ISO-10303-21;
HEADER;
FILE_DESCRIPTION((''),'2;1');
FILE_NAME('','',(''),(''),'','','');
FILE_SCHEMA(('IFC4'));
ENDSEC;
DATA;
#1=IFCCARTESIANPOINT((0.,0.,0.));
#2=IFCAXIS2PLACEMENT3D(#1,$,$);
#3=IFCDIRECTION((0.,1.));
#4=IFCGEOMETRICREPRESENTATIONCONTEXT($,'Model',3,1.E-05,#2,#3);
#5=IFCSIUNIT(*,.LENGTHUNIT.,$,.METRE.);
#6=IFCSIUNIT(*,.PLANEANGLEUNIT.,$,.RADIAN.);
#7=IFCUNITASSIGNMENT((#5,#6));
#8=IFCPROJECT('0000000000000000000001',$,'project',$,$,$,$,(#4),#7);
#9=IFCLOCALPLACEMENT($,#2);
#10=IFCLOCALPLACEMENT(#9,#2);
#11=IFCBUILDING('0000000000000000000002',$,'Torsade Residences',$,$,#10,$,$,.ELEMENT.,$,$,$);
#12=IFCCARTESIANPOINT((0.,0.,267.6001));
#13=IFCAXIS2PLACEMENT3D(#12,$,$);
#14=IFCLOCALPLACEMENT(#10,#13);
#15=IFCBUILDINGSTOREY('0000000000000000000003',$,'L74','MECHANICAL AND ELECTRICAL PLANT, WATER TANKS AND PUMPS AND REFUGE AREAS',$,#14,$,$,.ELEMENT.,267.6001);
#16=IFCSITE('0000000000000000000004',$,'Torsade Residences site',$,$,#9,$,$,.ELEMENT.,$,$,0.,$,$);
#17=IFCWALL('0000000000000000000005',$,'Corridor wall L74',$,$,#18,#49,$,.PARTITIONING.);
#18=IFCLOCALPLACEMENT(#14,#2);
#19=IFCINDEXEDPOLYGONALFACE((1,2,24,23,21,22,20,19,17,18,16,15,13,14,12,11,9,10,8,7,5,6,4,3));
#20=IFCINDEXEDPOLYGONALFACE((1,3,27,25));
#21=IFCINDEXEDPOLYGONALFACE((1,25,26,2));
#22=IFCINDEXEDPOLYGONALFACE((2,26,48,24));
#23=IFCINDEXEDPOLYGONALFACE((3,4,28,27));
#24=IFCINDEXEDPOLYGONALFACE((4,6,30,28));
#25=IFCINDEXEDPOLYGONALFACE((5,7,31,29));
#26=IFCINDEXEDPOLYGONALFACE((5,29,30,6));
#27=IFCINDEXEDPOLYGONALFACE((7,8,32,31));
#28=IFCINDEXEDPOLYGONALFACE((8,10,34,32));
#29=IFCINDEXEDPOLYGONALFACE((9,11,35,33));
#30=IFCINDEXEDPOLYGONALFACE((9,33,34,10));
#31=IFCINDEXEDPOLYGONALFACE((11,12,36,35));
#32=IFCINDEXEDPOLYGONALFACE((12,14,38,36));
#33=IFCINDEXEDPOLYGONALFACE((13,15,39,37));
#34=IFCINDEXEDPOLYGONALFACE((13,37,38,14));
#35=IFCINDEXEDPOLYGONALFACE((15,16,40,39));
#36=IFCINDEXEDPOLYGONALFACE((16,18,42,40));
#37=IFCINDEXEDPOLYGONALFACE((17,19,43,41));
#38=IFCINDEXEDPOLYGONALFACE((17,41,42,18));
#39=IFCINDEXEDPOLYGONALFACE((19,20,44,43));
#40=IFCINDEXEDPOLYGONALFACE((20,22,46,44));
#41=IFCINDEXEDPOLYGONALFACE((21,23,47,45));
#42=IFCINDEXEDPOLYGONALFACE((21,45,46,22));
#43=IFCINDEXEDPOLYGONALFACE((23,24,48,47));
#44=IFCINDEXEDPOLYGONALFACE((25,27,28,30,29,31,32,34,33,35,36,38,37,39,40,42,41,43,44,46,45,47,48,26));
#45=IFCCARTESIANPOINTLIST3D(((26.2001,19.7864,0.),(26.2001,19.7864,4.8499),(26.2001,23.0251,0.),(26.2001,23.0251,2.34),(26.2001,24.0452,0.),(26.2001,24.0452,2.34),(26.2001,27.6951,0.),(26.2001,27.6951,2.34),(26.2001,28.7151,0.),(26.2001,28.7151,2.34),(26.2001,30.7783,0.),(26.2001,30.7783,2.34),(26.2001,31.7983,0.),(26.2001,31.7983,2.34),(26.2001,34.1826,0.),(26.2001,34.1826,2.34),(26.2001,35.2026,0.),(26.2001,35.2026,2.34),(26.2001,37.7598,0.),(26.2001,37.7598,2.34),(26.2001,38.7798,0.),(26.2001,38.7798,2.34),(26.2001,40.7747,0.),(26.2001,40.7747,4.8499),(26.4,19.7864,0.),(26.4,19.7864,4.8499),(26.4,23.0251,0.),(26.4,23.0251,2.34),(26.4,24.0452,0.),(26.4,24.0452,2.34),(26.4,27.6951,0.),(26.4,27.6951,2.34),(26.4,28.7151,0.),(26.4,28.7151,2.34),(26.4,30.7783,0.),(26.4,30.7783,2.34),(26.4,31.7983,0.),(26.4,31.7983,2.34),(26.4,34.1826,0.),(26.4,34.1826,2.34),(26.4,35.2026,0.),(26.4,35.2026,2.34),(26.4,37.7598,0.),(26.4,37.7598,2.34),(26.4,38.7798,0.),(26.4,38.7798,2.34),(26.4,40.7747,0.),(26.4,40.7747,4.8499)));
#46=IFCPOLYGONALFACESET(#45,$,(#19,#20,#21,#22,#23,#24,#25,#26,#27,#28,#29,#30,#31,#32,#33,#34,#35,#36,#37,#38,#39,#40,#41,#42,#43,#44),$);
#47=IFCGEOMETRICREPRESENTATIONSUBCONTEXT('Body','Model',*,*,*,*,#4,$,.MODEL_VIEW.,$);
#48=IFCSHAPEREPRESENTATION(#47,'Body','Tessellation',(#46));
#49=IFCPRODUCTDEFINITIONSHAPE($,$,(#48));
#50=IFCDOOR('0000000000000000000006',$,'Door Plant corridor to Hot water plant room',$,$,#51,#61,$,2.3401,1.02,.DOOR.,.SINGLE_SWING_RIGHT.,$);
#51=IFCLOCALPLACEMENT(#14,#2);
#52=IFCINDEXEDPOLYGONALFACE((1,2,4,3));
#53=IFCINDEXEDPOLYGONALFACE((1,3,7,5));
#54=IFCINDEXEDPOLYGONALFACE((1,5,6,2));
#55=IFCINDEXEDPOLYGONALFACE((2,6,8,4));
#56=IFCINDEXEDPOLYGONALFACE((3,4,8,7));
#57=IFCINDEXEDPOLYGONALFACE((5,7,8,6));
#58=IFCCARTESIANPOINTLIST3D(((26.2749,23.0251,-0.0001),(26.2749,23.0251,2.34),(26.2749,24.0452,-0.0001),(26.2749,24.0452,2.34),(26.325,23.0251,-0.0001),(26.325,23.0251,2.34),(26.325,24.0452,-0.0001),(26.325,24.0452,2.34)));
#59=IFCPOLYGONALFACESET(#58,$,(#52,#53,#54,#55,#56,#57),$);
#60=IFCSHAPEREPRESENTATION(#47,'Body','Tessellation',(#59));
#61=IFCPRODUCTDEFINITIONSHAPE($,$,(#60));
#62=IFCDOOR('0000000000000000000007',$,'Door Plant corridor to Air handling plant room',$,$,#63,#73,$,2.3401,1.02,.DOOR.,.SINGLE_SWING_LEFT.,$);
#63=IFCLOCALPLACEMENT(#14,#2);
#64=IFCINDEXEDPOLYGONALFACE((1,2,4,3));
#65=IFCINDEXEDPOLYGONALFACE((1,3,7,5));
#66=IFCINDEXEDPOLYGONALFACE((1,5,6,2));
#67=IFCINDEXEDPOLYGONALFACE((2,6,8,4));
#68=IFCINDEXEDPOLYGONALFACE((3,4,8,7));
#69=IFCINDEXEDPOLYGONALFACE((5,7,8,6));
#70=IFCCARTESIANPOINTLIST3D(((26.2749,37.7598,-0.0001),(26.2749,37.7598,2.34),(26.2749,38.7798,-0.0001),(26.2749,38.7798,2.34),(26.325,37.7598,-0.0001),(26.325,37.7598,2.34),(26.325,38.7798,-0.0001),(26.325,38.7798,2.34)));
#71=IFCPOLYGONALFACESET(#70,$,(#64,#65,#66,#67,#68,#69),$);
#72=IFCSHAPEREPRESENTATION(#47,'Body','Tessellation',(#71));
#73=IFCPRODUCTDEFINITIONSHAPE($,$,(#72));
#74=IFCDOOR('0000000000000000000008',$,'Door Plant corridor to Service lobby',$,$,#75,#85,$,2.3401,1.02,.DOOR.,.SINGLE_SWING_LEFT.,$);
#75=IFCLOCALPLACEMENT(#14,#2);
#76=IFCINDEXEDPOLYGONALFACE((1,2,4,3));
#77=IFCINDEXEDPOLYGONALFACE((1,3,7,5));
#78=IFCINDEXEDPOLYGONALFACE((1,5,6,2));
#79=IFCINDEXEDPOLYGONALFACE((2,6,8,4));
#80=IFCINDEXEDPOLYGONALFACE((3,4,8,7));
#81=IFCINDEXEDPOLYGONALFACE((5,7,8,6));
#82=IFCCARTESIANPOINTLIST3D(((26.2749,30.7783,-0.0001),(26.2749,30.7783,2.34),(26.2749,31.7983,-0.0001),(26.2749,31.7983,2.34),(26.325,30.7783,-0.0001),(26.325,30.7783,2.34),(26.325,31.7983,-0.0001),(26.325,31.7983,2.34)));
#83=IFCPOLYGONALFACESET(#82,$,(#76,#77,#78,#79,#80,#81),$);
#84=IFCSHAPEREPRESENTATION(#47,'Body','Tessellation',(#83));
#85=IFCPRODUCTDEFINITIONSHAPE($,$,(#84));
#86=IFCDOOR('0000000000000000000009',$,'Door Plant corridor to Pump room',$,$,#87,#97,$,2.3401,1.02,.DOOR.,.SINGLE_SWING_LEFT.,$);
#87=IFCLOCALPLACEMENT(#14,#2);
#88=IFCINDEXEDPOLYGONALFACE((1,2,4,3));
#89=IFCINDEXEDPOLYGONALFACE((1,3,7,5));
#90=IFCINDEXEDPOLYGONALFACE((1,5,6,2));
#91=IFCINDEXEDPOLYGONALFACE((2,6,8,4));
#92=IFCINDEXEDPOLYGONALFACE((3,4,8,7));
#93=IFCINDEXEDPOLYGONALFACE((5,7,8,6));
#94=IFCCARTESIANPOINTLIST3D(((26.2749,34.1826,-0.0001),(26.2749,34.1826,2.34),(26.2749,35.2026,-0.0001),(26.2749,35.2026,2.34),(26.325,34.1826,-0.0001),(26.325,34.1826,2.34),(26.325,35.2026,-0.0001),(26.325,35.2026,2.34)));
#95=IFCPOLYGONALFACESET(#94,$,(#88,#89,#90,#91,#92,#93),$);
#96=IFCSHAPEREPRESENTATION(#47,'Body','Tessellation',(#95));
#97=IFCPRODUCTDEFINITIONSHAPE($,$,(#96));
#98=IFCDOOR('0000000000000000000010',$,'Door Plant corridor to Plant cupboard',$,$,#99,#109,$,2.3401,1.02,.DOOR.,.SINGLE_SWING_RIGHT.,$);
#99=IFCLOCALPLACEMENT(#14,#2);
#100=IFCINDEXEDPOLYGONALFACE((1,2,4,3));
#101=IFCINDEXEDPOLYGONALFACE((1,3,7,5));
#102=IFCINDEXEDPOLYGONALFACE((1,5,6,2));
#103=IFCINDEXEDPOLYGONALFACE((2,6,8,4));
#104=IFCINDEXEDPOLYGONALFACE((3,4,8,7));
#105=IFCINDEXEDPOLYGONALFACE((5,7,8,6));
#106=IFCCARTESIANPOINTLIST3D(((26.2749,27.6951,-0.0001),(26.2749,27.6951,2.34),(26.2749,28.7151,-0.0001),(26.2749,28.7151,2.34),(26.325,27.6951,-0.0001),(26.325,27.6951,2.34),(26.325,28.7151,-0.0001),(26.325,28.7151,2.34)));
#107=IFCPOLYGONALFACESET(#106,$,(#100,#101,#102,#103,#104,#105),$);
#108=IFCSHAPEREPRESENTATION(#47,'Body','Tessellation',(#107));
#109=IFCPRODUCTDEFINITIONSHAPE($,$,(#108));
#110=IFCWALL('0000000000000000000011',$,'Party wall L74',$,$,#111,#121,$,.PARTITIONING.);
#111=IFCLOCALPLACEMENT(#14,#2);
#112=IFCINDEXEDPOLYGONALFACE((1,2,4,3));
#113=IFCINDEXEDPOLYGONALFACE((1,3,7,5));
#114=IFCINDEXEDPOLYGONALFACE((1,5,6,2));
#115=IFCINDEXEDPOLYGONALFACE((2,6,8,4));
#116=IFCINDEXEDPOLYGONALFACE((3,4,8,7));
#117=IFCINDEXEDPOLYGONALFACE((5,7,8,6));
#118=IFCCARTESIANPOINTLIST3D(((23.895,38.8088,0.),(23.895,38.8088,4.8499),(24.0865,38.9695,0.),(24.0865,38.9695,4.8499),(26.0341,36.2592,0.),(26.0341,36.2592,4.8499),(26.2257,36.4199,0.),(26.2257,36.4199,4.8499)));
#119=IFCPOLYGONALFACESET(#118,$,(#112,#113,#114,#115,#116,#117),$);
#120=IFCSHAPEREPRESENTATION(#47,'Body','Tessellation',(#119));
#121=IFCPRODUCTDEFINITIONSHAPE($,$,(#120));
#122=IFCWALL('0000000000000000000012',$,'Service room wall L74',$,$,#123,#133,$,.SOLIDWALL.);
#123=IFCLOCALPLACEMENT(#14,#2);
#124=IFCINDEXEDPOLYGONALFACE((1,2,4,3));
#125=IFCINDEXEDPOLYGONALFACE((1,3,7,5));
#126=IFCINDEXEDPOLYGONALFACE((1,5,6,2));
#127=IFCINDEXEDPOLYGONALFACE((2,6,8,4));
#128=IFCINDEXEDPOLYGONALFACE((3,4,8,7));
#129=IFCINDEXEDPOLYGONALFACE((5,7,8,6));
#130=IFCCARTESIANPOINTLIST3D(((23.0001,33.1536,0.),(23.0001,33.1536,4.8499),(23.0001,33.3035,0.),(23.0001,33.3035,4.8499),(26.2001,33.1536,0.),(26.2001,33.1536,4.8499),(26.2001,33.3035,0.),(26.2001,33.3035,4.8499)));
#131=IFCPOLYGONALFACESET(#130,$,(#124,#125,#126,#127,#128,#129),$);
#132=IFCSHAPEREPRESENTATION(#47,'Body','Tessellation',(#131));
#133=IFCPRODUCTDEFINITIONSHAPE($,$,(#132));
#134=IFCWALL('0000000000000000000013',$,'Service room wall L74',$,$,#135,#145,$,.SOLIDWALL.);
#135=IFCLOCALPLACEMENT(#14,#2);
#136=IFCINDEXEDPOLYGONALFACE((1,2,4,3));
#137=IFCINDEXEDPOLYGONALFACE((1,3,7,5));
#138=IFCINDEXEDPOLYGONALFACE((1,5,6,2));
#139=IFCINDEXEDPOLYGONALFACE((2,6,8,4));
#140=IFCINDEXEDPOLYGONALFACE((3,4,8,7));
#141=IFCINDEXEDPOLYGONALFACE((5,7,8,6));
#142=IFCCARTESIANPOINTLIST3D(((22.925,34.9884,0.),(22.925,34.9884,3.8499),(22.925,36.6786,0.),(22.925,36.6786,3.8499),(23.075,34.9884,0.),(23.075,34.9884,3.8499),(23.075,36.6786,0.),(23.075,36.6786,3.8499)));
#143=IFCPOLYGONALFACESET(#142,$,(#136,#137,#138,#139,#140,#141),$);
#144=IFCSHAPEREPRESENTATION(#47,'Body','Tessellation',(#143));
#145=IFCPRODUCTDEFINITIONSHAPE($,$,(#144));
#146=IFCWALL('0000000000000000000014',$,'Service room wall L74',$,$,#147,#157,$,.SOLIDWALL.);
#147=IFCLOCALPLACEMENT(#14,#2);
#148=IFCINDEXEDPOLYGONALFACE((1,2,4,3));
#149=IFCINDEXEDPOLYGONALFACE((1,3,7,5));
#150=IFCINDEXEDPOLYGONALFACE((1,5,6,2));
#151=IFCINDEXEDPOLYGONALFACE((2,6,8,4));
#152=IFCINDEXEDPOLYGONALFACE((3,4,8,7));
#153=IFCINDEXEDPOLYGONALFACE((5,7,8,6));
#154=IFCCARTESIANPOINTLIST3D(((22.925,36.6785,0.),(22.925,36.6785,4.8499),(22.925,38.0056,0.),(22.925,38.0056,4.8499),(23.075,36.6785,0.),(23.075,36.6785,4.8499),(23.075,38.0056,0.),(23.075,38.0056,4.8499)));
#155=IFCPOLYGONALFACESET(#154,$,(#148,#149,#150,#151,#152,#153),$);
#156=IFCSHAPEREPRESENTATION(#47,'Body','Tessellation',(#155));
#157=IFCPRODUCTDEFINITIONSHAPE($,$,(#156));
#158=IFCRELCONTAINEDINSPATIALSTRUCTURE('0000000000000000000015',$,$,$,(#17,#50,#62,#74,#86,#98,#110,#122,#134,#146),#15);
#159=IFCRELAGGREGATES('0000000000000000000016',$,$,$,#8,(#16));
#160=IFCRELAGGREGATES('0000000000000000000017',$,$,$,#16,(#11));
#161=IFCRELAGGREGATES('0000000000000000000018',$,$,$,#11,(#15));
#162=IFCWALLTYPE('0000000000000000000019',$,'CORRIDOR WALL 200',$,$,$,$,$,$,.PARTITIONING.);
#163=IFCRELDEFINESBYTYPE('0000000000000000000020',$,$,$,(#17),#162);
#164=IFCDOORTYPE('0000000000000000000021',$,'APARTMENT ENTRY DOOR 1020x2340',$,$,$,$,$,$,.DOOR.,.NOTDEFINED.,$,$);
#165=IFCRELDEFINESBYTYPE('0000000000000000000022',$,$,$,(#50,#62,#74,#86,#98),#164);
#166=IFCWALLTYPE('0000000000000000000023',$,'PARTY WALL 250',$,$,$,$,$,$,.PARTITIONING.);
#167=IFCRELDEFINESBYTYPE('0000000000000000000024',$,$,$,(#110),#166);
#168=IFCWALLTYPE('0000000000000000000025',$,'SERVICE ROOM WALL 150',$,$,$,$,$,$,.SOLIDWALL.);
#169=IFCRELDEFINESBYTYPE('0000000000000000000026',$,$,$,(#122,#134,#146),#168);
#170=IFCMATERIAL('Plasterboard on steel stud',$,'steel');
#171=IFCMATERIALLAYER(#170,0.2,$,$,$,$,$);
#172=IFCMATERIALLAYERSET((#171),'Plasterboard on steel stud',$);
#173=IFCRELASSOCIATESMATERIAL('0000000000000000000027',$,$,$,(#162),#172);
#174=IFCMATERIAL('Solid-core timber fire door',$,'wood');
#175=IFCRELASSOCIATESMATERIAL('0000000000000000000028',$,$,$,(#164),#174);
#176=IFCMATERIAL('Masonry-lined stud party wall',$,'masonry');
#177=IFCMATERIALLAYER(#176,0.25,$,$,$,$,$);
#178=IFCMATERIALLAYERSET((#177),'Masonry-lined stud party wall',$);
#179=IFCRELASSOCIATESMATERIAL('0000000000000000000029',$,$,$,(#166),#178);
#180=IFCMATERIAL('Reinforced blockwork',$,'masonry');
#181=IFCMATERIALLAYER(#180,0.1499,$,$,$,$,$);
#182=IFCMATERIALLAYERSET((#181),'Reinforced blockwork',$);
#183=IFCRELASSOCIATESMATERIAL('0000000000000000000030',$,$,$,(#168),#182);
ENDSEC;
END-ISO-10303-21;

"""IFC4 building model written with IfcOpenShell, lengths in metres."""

from ifc_helpers import new_model, si_unit, direction, frame, frame_2d, origin, place, context, subcontext, project, spatial, rectangle, extrude, material, layer, layer_set, type_object, element, fill, save


model = new_model("IFC4")

# Units and contexts
model_context = context("Model", 3, precision=1e-05, world=origin(), true_north=direction((0.0, 1.0)))
body_context = subcontext(model_context, "Body", "Model", "MODEL_VIEW")
ifc_project = project(units=[si_unit("LENGTHUNIT", "METRE"), si_unit("PLANEANGLEUNIT", "RADIAN")], contexts=[model_context])

# Site, building, storey
site_placement = place(None, origin())
site = spatial("IfcSite", under=ifc_project, at=site_placement, Name="Torsade Residences site", CompositionType="ELEMENT", RefElevation=0.0)
building_placement = place(site_placement, origin())
building = spatial("IfcBuilding", under=site, at=building_placement, Name="Torsade Residences", CompositionType="ELEMENT")
storey_placement = place(building_placement, frame((0.0, 0.0, 267.6001)))
storey = spatial("IfcBuildingStorey", under=building, at=storey_placement, Name="L74", Description="MECHANICAL AND ELECTRICAL PLANT, WATER TANKS AND PUMPS AND REFUGE AREAS", CompositionType="ELEMENT", Elevation=267.6001)

# Wall, openings, doors
ifc_material_1 = material(Name="Plasterboard on steel stud", Category="steel")
ifc_layer_1 = layer(ifc_material_1, 0.2)
ifc_layer_set_1 = layer_set([ifc_layer_1], Name="Plasterboard on steel stud")
wall_type_1 = type_object("IfcWallType", Name="CORRIDOR WALL 200", PredefinedType="PARTITIONING", material=ifc_layer_set_1)
wall_1_placement = place(storey_placement, frame((26.3, 40.7747, 0.0), z_axis=(0.0, 0.0, 1.0), x_axis=(0.0, -1.0, 0.0)))
wall_1 = element("IfcWall", 1, at=wall_1_placement, inside=storey, type_object=wall_type_1, Name="Corridor wall L74", PredefinedType="PARTITIONING", context=body_context, shape_type="SweptSolid", body=[
    extrude(rectangle(XDim=20.9883, YDim=0.2, at=frame_2d((10.4941, 0.0))), origin(), (0.0, 0.0, 1.0), 4.8499),
])
opening_1_placement = place(wall_1_placement, frame((16.7295, 0.0, 0.0)))
opening_1 = element("IfcOpeningElement", 2, at=opening_1_placement, cuts=wall_1, PredefinedType="OPENING", context=body_context, shape_type="SweptSolid", body=[
    extrude(rectangle(XDim=1.02, YDim=2.3401, at=frame_2d((0.51, 1.1699))), frame((0.0, 0.1099, 0.0), z_axis=(0.0, -1.0, 0.0), x_axis=(1.0, 0.0, 0.0)), (0.0, 0.0, 1.0), 0.22),
])
opening_2_placement = place(wall_1_placement, frame((1.9949, 0.0, 0.0)))
opening_2 = element("IfcOpeningElement", 3, at=opening_2_placement, cuts=wall_1, PredefinedType="OPENING", context=body_context, shape_type="SweptSolid", body=[
    extrude(rectangle(XDim=1.02, YDim=2.3401, at=frame_2d((0.51, 1.1699))), frame((0.0, 0.1099, 0.0), z_axis=(0.0, -1.0, 0.0), x_axis=(1.0, 0.0, 0.0)), (0.0, 0.0, 1.0), 0.22),
])
opening_3_placement = place(wall_1_placement, frame((8.9763, 0.0, 0.0)))
opening_3 = element("IfcOpeningElement", 4, at=opening_3_placement, cuts=wall_1, PredefinedType="OPENING", context=body_context, shape_type="SweptSolid", body=[
    extrude(rectangle(XDim=1.02, YDim=2.3401, at=frame_2d((0.51, 1.1699))), frame((0.0, 0.1099, 0.0), z_axis=(0.0, -1.0, 0.0), x_axis=(1.0, 0.0, 0.0)), (0.0, 0.0, 1.0), 0.22),
])
opening_4_placement = place(wall_1_placement, frame((5.572, 0.0, 0.0)))
opening_4 = element("IfcOpeningElement", 5, at=opening_4_placement, cuts=wall_1, PredefinedType="OPENING", context=body_context, shape_type="SweptSolid", body=[
    extrude(rectangle(XDim=1.02, YDim=2.3401, at=frame_2d((0.51, 1.1699))), frame((0.0, 0.1099, 0.0), z_axis=(0.0, -1.0, 0.0), x_axis=(1.0, 0.0, 0.0)), (0.0, 0.0, 1.0), 0.22),
])
opening_5_placement = place(wall_1_placement, frame((12.0596, 0.0, 0.0)))
opening_5 = element("IfcOpeningElement", 6, at=opening_5_placement, cuts=wall_1, PredefinedType="OPENING", context=body_context, shape_type="SweptSolid", body=[
    extrude(rectangle(XDim=1.02, YDim=2.3401, at=frame_2d((0.51, 1.1699))), frame((0.0, 0.1099, 0.0), z_axis=(0.0, -1.0, 0.0), x_axis=(1.0, 0.0, 0.0)), (0.0, 0.0, 1.0), 0.22),
])
ifc_material_2 = material(Name="Solid-core timber fire door", Category="wood")
door_type = type_object("IfcDoorType", Name="APARTMENT ENTRY DOOR 1020x2340", OperationType="NOTDEFINED", PredefinedType="DOOR", material=ifc_material_2)
door_1_placement = place(opening_1_placement, origin())
door_1 = element("IfcDoor", 7, at=door_1_placement, inside=storey, type_object=door_type, Name="Door Plant corridor to Hot water plant room", OperationType="SINGLE_SWING_RIGHT", OverallHeight=2.3401, OverallWidth=1.02, PredefinedType="DOOR", context=body_context, shape_type="SweptSolid", body=[
    extrude(rectangle(XDim=1.02, YDim=2.3401, at=frame_2d((0.51, 1.1699))), frame((0.0, 0.0249, 0.0), z_axis=(0.0, -1.0, 0.0), x_axis=(1.0, 0.0, 0.0)), (0.0, 0.0, 1.0), 0.05),
])
fill(opening_1, door_1)
door_2_placement = place(opening_2_placement, origin())
door_2 = element("IfcDoor", 8, at=door_2_placement, inside=storey, type_object=door_type, Name="Door Plant corridor to Air handling plant room", OperationType="SINGLE_SWING_LEFT", OverallHeight=2.3401, OverallWidth=1.02, PredefinedType="DOOR", context=body_context, shape_type="SweptSolid", body=[
    extrude(rectangle(XDim=1.02, YDim=2.3401, at=frame_2d((0.51, 1.1699))), frame((0.0, 0.0249, 0.0), z_axis=(0.0, -1.0, 0.0), x_axis=(1.0, 0.0, 0.0)), (0.0, 0.0, 1.0), 0.05),
])
fill(opening_2, door_2)
door_3_placement = place(opening_3_placement, origin())
door_3 = element("IfcDoor", 9, at=door_3_placement, inside=storey, type_object=door_type, Name="Door Plant corridor to Service lobby", OperationType="SINGLE_SWING_LEFT", OverallHeight=2.3401, OverallWidth=1.02, PredefinedType="DOOR", context=body_context, shape_type="SweptSolid", body=[
    extrude(rectangle(XDim=1.02, YDim=2.3401, at=frame_2d((0.51, 1.1699))), frame((0.0, 0.0249, 0.0), z_axis=(0.0, -1.0, 0.0), x_axis=(1.0, 0.0, 0.0)), (0.0, 0.0, 1.0), 0.05),
])
fill(opening_3, door_3)
door_4_placement = place(opening_4_placement, origin())
door_4 = element("IfcDoor", 10, at=door_4_placement, inside=storey, type_object=door_type, Name="Door Plant corridor to Pump room", OperationType="SINGLE_SWING_LEFT", OverallHeight=2.3401, OverallWidth=1.02, PredefinedType="DOOR", context=body_context, shape_type="SweptSolid", body=[
    extrude(rectangle(XDim=1.02, YDim=2.3401, at=frame_2d((0.51, 1.1699))), frame((0.0, 0.0249, 0.0), z_axis=(0.0, -1.0, 0.0), x_axis=(1.0, 0.0, 0.0)), (0.0, 0.0, 1.0), 0.05),
])
fill(opening_4, door_4)
door_5_placement = place(opening_5_placement, origin())
door_5 = element("IfcDoor", 11, at=door_5_placement, inside=storey, type_object=door_type, Name="Door Plant corridor to Plant cupboard", OperationType="SINGLE_SWING_RIGHT", OverallHeight=2.3401, OverallWidth=1.02, PredefinedType="DOOR", context=body_context, shape_type="SweptSolid", body=[
    extrude(rectangle(XDim=1.02, YDim=2.3401, at=frame_2d((0.51, 1.1699))), frame((0.0, 0.0249, 0.0), z_axis=(0.0, -1.0, 0.0), x_axis=(1.0, 0.0, 0.0)), (0.0, 0.0, 1.0), 0.05),
])
fill(opening_5, door_5)

# Walls
ifc_material_3 = material(Name="Masonry-lined stud party wall", Category="masonry")
ifc_layer_2 = layer(ifc_material_3, 0.25)
ifc_layer_set_2 = layer_set([ifc_layer_2], Name="Masonry-lined stud party wall")
wall_type_2 = type_object("IfcWallType", Name="PARTY WALL 250", PredefinedType="PARTITIONING", material=ifc_layer_set_2)
wall_2_placement = place(storey_placement, frame((23.9907, 38.8892, 0.0), z_axis=(0.0, 0.0, 1.0), x_axis=(0.642757, -0.76607, 0.0)))
element("IfcWall", 12, at=wall_2_placement, inside=storey, type_object=wall_type_2, Name="Party wall L74", PredefinedType="PARTITIONING", context=body_context, shape_type="SweptSolid", body=[
    extrude(rectangle(XDim=3.3281, YDim=0.25, at=frame_2d((1.6641, 0.0))), origin(), (0.0, 0.0, 1.0), 4.8499),
])
ifc_material_4 = material(Name="Reinforced blockwork", Category="masonry")
ifc_layer_3 = layer(ifc_material_4, 0.1499)
ifc_layer_set_3 = layer_set([ifc_layer_3], Name="Reinforced blockwork")
wall_type_3 = type_object("IfcWallType", Name="SERVICE ROOM WALL 150", PredefinedType="SOLIDWALL", material=ifc_layer_set_3)
wall_3_placement = place(storey_placement, frame((23.0, 33.2285, 0.0), z_axis=(0.0, 0.0, 1.0), x_axis=(1.0, 0.0, 0.0)))
element("IfcWall", 13, at=wall_3_placement, inside=storey, type_object=wall_type_3, Name="Service room wall L74", PredefinedType="SOLIDWALL", context=body_context, shape_type="SweptSolid", body=[
    extrude(rectangle(XDim=3.2, YDim=0.1499, at=frame_2d((1.6001, 0.0))), origin(), (0.0, 0.0, 1.0), 4.8499),
])
wall_4_placement = place(storey_placement, frame((23.0, 34.9883, 0.0), z_axis=(0.0, 0.0, 1.0), x_axis=(0.0, 1.0, 0.0)))
element("IfcWall", 14, at=wall_4_placement, inside=storey, type_object=wall_type_3, Name="Service room wall L74", PredefinedType="SOLIDWALL", context=body_context, shape_type="SweptSolid", body=[
    extrude(rectangle(XDim=1.6902, YDim=0.1499, at=frame_2d((0.8452, 0.0))), origin(), (0.0, 0.0, 1.0), 3.8499),
])
wall_5_placement = place(storey_placement, frame((23.0, 36.6785, 0.0), z_axis=(0.0, 0.0, 1.0), x_axis=(0.0, 1.0, 0.0)))
element("IfcWall", 15, at=wall_5_placement, inside=storey, type_object=wall_type_3, Name="Service room wall L74", PredefinedType="SOLIDWALL", context=body_context, shape_type="SweptSolid", body=[
    extrude(rectangle(XDim=1.3271, YDim=0.1499, at=frame_2d((0.6636, 0.0))), origin(), (0.0, 0.0, 1.0), 4.8499),
])

save(model, "model.ifc")
